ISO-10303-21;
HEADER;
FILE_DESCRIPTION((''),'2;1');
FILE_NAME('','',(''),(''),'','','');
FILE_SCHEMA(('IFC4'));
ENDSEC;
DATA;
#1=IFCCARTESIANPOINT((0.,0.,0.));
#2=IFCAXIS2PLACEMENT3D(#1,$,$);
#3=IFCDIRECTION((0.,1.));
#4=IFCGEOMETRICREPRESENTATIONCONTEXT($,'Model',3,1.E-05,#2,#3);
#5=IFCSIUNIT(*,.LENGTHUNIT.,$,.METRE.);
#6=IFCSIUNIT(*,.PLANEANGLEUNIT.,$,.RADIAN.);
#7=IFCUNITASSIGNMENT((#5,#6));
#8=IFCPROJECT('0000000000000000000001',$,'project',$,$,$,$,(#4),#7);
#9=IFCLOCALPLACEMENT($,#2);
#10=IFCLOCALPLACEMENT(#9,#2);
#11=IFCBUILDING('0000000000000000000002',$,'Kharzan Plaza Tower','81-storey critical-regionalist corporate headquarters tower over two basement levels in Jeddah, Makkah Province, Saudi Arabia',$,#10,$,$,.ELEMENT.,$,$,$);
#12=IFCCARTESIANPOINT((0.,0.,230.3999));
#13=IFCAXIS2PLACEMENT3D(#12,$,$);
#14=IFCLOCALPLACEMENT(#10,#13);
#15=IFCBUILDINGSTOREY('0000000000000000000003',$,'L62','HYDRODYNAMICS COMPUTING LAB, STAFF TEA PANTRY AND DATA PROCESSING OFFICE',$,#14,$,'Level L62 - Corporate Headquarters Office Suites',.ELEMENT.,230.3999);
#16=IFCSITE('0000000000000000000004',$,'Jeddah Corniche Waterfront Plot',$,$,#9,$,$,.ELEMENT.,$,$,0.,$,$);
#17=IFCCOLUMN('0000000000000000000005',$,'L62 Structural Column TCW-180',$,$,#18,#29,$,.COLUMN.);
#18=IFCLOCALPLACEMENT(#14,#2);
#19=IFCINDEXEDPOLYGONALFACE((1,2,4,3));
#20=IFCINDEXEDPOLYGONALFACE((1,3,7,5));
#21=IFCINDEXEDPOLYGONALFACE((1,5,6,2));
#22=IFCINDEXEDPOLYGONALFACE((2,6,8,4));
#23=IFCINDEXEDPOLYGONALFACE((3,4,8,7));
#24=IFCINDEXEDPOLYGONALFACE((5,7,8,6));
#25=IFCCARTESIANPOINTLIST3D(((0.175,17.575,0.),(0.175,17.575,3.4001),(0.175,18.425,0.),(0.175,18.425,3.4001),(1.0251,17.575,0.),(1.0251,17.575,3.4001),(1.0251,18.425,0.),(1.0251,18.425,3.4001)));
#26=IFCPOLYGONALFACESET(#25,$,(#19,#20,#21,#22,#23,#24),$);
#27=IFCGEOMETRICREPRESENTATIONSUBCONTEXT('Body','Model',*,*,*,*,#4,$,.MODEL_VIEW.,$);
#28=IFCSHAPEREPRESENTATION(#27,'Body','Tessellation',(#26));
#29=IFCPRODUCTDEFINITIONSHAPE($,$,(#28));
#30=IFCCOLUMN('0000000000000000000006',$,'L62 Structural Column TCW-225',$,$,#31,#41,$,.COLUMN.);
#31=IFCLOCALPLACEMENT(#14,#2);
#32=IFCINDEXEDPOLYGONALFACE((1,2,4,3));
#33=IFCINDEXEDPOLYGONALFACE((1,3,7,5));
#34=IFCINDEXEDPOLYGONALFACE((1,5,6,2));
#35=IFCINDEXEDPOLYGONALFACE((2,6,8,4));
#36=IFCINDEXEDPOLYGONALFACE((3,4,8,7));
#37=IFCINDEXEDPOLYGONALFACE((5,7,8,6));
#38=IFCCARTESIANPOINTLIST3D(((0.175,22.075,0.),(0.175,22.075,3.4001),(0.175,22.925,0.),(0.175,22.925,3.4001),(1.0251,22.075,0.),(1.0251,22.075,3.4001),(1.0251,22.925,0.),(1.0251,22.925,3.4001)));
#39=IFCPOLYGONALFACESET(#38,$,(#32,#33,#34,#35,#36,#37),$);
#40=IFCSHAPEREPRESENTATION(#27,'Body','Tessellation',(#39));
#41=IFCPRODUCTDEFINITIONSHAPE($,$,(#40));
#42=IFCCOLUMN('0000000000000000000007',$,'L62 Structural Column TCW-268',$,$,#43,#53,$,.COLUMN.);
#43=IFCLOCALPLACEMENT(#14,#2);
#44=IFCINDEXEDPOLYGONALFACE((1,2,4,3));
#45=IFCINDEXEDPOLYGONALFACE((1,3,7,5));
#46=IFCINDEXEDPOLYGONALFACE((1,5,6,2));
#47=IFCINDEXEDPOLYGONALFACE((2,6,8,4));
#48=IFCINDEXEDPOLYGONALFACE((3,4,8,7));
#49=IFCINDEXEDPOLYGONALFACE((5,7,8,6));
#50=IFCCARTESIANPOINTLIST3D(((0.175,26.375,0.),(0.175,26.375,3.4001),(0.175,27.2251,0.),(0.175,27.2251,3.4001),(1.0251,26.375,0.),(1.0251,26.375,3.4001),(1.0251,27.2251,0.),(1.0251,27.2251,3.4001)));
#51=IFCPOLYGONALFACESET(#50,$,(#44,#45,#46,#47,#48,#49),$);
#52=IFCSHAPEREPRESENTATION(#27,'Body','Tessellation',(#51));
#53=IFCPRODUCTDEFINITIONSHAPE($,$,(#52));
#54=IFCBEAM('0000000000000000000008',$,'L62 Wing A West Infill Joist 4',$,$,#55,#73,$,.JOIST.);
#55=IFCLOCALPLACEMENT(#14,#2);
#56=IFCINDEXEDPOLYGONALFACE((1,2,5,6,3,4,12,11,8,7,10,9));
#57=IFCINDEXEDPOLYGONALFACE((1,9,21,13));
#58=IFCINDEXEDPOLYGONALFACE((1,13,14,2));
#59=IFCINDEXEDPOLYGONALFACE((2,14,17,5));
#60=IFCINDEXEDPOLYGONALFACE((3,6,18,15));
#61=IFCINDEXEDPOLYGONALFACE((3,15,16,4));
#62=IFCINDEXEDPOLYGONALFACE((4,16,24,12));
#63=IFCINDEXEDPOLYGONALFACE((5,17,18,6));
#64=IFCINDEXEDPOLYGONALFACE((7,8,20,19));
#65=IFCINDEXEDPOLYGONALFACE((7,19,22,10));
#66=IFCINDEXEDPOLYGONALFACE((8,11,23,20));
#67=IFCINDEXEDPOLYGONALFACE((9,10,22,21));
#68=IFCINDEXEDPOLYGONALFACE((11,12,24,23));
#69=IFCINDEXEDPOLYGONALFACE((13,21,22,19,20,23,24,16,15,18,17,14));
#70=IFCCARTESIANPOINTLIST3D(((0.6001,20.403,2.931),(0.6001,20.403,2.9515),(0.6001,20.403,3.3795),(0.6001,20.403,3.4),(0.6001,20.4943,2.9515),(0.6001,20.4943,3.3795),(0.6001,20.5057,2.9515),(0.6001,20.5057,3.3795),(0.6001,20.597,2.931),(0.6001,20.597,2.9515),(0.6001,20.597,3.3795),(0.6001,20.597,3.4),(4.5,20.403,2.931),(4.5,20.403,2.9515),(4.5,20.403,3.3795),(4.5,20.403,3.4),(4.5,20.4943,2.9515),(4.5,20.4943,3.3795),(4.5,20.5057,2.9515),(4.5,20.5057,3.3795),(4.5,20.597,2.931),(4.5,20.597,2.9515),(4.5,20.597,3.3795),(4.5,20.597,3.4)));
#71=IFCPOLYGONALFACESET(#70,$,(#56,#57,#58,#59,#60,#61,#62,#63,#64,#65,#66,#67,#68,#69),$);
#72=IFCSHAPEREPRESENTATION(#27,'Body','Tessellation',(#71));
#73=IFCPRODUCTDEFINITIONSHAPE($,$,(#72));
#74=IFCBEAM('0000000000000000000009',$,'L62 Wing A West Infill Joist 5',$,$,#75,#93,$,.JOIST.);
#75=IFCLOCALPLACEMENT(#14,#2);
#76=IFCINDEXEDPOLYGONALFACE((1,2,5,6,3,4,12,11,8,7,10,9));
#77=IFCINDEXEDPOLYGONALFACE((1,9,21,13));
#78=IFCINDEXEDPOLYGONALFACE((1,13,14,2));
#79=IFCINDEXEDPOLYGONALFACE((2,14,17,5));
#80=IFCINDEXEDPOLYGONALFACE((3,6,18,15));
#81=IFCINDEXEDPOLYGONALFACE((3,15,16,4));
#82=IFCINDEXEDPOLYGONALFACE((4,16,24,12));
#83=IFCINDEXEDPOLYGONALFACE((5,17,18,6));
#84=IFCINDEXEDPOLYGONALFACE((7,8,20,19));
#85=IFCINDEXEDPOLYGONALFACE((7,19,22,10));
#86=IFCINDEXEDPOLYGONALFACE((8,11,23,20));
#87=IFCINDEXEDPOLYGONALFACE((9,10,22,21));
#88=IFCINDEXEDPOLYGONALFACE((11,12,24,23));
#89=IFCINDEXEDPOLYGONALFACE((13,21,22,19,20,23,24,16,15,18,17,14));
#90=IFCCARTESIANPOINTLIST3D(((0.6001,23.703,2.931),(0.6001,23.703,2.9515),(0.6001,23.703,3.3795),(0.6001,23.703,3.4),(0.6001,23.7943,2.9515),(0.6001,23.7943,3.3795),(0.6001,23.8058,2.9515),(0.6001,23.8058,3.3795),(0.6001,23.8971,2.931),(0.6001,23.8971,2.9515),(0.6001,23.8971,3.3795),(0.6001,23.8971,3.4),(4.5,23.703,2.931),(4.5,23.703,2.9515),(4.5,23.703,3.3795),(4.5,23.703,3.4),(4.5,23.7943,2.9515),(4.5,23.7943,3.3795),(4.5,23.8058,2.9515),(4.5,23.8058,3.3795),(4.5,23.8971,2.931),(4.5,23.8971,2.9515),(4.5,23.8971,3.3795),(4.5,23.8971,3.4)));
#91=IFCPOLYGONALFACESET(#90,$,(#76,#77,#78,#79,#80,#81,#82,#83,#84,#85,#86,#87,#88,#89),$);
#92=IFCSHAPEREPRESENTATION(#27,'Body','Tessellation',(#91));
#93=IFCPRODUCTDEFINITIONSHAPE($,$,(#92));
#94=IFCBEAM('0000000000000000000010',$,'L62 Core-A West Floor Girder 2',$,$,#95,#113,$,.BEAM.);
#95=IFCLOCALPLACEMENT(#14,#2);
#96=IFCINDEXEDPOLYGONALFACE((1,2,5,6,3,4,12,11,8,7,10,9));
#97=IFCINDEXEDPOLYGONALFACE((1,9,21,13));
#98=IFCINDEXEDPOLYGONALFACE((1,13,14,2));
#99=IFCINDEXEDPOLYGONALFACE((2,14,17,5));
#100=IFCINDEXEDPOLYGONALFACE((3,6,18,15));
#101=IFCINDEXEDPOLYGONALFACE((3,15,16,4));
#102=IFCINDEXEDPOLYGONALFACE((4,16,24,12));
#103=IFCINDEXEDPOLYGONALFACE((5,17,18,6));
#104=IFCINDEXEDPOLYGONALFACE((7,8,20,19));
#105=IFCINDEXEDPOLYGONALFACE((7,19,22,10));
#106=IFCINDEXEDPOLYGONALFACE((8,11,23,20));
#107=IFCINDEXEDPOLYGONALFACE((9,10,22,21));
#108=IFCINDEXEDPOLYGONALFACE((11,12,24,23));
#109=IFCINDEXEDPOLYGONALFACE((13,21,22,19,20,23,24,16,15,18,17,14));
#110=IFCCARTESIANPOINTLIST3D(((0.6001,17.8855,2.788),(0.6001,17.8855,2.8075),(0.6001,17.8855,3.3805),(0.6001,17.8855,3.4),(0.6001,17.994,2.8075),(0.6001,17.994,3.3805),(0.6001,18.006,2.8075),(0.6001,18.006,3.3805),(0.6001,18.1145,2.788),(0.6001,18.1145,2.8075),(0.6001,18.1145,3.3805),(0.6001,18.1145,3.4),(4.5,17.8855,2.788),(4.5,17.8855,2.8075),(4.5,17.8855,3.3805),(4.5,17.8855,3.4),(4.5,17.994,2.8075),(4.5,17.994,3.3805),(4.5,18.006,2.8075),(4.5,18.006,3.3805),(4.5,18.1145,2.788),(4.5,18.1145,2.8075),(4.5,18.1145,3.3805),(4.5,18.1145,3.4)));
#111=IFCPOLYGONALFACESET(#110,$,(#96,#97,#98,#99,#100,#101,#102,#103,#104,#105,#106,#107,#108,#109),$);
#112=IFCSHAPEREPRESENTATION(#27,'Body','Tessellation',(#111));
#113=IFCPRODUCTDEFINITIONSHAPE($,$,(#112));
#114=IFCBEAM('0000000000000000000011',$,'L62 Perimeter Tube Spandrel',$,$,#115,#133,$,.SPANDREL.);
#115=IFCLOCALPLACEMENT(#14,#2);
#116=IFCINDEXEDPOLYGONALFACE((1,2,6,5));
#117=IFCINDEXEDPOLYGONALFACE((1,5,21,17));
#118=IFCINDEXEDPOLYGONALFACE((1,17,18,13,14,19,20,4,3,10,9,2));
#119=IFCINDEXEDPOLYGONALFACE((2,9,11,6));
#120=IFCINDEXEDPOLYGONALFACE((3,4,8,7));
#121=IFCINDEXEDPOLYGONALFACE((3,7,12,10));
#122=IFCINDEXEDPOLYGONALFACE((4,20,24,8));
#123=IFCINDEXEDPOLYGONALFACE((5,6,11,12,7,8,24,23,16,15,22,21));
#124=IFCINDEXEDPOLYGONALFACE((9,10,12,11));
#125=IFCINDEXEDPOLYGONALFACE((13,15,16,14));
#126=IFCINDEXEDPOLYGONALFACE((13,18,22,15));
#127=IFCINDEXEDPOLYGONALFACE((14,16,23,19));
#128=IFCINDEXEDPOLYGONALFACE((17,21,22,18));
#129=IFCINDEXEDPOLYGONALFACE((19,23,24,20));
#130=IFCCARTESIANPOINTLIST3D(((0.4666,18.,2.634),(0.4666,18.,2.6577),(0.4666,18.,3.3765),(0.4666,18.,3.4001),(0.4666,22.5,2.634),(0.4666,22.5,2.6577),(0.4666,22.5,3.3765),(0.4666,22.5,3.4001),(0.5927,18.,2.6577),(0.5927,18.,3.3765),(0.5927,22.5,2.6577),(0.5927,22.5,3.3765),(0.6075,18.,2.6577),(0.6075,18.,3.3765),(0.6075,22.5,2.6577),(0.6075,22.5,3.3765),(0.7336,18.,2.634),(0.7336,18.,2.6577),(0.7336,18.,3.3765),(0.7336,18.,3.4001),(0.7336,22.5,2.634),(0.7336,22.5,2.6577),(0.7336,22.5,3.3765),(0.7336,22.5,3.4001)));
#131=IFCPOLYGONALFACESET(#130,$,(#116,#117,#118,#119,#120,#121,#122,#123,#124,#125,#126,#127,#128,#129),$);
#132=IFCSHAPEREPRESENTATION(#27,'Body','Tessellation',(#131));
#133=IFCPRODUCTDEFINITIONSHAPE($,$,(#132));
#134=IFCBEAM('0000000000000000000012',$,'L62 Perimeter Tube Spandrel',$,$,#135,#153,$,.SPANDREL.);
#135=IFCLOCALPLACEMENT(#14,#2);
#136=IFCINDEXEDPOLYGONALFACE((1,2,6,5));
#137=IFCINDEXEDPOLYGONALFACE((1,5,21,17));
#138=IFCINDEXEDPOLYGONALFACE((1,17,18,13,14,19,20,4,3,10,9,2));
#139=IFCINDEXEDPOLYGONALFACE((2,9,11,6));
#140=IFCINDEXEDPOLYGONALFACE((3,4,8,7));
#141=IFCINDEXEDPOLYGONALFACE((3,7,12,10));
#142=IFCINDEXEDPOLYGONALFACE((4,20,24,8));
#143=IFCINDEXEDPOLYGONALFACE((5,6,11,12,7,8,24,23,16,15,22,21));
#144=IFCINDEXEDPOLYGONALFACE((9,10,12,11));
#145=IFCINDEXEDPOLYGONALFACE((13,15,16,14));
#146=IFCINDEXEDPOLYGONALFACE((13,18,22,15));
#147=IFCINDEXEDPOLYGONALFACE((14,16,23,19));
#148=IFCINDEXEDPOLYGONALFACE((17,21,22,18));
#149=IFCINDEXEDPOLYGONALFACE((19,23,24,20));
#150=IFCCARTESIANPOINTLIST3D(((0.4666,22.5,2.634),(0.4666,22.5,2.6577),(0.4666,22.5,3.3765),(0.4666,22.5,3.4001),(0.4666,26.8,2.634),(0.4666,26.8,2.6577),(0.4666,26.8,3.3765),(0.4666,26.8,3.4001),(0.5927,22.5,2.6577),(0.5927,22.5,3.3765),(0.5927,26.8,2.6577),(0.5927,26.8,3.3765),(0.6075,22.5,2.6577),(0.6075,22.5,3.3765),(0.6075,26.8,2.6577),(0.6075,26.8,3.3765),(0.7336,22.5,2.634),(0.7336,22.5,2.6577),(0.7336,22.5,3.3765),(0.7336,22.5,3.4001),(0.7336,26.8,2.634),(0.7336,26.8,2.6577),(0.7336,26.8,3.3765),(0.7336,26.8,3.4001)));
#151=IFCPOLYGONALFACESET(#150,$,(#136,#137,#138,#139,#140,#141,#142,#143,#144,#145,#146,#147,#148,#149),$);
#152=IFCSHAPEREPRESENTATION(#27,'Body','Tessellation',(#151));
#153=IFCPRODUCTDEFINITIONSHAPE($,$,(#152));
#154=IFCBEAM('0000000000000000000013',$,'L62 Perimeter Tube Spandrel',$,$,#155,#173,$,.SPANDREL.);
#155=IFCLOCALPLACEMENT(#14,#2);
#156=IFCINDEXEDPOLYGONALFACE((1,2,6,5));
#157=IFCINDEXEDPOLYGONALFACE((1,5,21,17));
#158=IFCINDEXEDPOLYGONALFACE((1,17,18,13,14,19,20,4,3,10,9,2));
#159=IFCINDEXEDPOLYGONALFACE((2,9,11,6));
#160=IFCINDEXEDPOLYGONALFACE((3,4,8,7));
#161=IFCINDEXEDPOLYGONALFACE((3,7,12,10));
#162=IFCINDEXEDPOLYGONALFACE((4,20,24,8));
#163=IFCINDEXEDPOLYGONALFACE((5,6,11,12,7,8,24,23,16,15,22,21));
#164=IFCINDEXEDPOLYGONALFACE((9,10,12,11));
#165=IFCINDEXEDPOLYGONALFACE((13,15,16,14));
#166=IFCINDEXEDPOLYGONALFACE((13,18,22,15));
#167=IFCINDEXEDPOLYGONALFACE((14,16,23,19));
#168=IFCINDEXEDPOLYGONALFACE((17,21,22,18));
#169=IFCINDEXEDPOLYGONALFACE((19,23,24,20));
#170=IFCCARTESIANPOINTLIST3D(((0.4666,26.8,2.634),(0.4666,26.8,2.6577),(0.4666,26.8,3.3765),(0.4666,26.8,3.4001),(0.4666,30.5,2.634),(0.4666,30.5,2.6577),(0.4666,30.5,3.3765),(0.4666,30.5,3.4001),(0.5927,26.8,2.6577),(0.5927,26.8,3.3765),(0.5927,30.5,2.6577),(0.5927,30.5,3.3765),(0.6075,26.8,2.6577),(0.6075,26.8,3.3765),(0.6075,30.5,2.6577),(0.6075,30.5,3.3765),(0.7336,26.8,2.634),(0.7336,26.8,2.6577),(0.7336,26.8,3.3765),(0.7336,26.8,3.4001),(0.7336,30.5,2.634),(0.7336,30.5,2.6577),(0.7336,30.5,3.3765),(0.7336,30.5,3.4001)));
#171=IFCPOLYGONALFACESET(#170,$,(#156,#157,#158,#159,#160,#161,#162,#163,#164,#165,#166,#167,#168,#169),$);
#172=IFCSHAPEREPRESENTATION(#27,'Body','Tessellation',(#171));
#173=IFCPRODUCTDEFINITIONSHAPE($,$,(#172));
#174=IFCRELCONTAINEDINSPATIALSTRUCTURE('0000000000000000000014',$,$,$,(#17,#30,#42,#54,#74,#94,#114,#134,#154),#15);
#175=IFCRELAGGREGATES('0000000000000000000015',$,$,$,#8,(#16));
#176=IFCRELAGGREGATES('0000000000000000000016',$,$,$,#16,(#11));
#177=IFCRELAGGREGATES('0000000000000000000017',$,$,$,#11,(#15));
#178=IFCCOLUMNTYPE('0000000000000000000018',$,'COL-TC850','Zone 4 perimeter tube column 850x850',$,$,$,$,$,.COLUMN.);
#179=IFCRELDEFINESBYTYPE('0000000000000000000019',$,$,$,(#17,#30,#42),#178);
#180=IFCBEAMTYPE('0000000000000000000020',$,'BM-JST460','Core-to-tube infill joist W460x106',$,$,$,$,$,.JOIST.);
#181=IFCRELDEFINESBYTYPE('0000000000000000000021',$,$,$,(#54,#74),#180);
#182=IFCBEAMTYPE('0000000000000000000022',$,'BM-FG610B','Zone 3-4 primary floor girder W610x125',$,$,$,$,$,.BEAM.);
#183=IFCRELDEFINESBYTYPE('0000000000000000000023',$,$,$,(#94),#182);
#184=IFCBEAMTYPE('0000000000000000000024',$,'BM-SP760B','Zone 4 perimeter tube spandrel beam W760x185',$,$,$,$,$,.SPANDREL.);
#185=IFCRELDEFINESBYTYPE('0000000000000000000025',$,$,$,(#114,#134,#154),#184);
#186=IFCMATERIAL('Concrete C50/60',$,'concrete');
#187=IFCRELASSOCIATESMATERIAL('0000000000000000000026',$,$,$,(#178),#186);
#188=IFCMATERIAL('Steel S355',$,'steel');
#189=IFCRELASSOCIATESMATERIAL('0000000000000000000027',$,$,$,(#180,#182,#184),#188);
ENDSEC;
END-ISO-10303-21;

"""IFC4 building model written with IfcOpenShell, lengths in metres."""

from ifc_helpers import new_model, si_unit, direction, frame, origin, origin_2d, place, context, subcontext, project, spatial, rectangle, i_section, extrude, source, transform, mapped, material, material_profile, profile_set, type_object, element, save


model = new_model("IFC4")

# Units and contexts
model_context = context("Model", 3, precision=1e-05, world=origin(), true_north=direction((0.0, 1.0)))
body_context = subcontext(model_context, "Body", "Model", "MODEL_VIEW")
ifc_project = project(units=[si_unit("LENGTHUNIT", "METRE"), si_unit("PLANEANGLEUNIT", "RADIAN")], contexts=[model_context])

# Site, building, storey
site_placement = place(None, origin())
site = spatial("IfcSite", under=ifc_project, at=site_placement, Name="Jeddah Corniche Waterfront Plot", CompositionType="ELEMENT", RefElevation=0.0)
building_placement = place(site_placement, origin())
building = spatial("IfcBuilding", under=site, at=building_placement, Name="Kharzan Plaza Tower", Description="81-storey critical-regionalist corporate headquarters tower over two basement levels in Jeddah, Makkah Province, Saudi Arabia", CompositionType="ELEMENT")
storey_placement = place(building_placement, frame((0.0, 0.0, 230.3999)))
storey = spatial("IfcBuildingStorey", under=building, at=storey_placement, Name="L62", Description="HYDRODYNAMICS COMPUTING LAB, STAFF TEA PANTRY AND DATA PROCESSING OFFICE", LongName="Level L62 - Corporate Headquarters Office Suites", CompositionType="ELEMENT", Elevation=230.3999)

# Columns
ifc_material_1 = material(Name="Concrete C50/60", Category="concrete")
ifc_material_profile_1 = material_profile(ifc_material_1, rectangle(XDim=0.8501, YDim=0.8501, at=origin_2d()), Name="RC-TC850x850")
ifc_profile_set_1 = profile_set([ifc_material_profile_1], Name="Concrete C50/60")
column_type = type_object("IfcColumnType", Name="COL-TC850", Description="Zone 4 perimeter tube column 850x850", PredefinedType="COLUMN", material=ifc_profile_set_1)
shared_shape_1 = source(origin(), body_context, "Body", "SweptSolid", [
    extrude(rectangle(XDim=0.8501, YDim=0.8501, at=origin_2d()), origin(), (0.0, 0.0, 1.0), 3.4001),
])
for number, where, z_axis, x_axis, name in (
    (1, (0.6001, 18.0, 0.0), (0.0, 0.0, 1.0), (1.0, 0.0, 0.0), "L62 Structural Column TCW-180"),
    (2, (0.6001, 22.5, 0.0), (0.0, 0.0, 1.0), (1.0, 0.0, 0.0), "L62 Structural Column TCW-225"),
    (3, (0.6001, 26.8, 0.0), (0.0, 0.0, 1.0), (1.0, 0.0, 0.0), "L62 Structural Column TCW-268"),
):
    element("IfcColumn", number, at=place(storey_placement, frame(where, z_axis=z_axis, x_axis=x_axis)), inside=storey, type_object=column_type, Name=name, PredefinedType="COLUMN", context=body_context, shape_type="MappedRepresentation", body=[
        mapped(shared_shape_1, transform((0.0, 0.0, 0.0), x_axis=(1.0, 0.0, 0.0), y_axis=(0.0, 1.0, 0.0), z_axis=(0.0, 0.0, 1.0))),
    ])

# Beams
ifc_material_2 = material(Name="Steel S355", Category="steel")
ifc_material_profile_2 = material_profile(ifc_material_2, i_section(OverallWidth=0.1941, OverallDepth=0.469, WebThickness=0.0115, FlangeThickness=0.0205, at=origin_2d()), Name="W460x106")
ifc_profile_set_2 = profile_set([ifc_material_profile_2], Name="Steel S355")
beam_type_1 = type_object("IfcBeamType", Name="BM-JST460", Description="Core-to-tube infill joist W460x106", PredefinedType="JOIST", material=ifc_profile_set_2)
shared_shape_2 = source(origin(), body_context, "Body", "SweptSolid", [
    extrude(i_section(OverallWidth=0.1941, OverallDepth=0.469, WebThickness=0.0115, FlangeThickness=0.0205, at=origin_2d()), origin(), (0.0, 0.0, 1.0), 3.8999),
])
for number, where, z_axis, x_axis, name in (
    (4, (0.6001, 20.5, 3.1655), (1.0, 0.0, 0.0), (0.0, 1.0, 0.0), "L62 Wing A West Infill Joist 4"),
    (5, (0.6001, 23.8, 3.1655), (1.0, 0.0, 0.0), (0.0, 1.0, 0.0), "L62 Wing A West Infill Joist 5"),
):
    element("IfcBeam", number, at=place(storey_placement, frame(where, z_axis=z_axis, x_axis=x_axis)), inside=storey, type_object=beam_type_1, Name=name, PredefinedType="JOIST", context=body_context, shape_type="MappedRepresentation", body=[
        mapped(shared_shape_2, transform((0.0, 0.0, 0.0), x_axis=(1.0, 0.0, 0.0), y_axis=(0.0, 1.0, 0.0), z_axis=(0.0, 0.0, 1.0))),
    ])
ifc_material_profile_3 = material_profile(ifc_material_2, i_section(OverallWidth=0.229, OverallDepth=0.6121, WebThickness=0.012, FlangeThickness=0.0195, at=origin_2d()), Name="W610x125")
ifc_profile_set_3 = profile_set([ifc_material_profile_3], Name="Steel S355")
beam_type_2 = type_object("IfcBeamType", Name="BM-FG610B", Description="Zone 3-4 primary floor girder W610x125", PredefinedType="BEAM", material=ifc_profile_set_3)
shared_shape_3 = source(origin(), body_context, "Body", "SweptSolid", [
    extrude(i_section(OverallWidth=0.229, OverallDepth=0.6121, WebThickness=0.012, FlangeThickness=0.0195, at=origin_2d()), origin(), (0.0, 0.0, 1.0), 3.8999),
])
beam_1_placement = place(storey_placement, frame((0.6001, 18.0, 3.094), z_axis=(1.0, 0.0, 0.0), x_axis=(0.0, 1.0, 0.0)))
element("IfcBeam", 6, at=beam_1_placement, inside=storey, type_object=beam_type_2, Name="L62 Core-A West Floor Girder 2", PredefinedType="BEAM", context=body_context, shape_type="MappedRepresentation", body=[
    mapped(shared_shape_3, transform((0.0, 0.0, 0.0), x_axis=(1.0, 0.0, 0.0), y_axis=(0.0, 1.0, 0.0), z_axis=(0.0, 0.0, 1.0))),
])
ifc_material_profile_4 = material_profile(ifc_material_2, i_section(OverallWidth=0.2671, OverallDepth=0.7661, WebThickness=0.0149, FlangeThickness=0.0237, at=origin_2d()), Name="W760x185")
ifc_profile_set_4 = profile_set([ifc_material_profile_4], Name="Steel S355")
beam_type_3 = type_object("IfcBeamType", Name="BM-SP760B", Description="Zone 4 perimeter tube spandrel beam W760x185", PredefinedType="SPANDREL", material=ifc_profile_set_4)
shared_shape_4 = source(origin(), body_context, "Body", "SweptSolid", [
    extrude(i_section(OverallWidth=0.2671, OverallDepth=0.7661, WebThickness=0.0149, FlangeThickness=0.0237, at=origin_2d()), origin(), (0.0, 0.0, 1.0), 4.5),
])
beam_2_placement = place(storey_placement, frame((0.6001, 18.0, 3.0171), z_axis=(0.0, 1.0, 0.0), x_axis=(-1.0, 0.0, 0.0)))
element("IfcBeam", 7, at=beam_2_placement, inside=storey, type_object=beam_type_3, Name="L62 Perimeter Tube Spandrel", PredefinedType="SPANDREL", context=body_context, shape_type="MappedRepresentation", body=[
    mapped(shared_shape_4, transform((0.0, 0.0, 0.0), x_axis=(1.0, 0.0, 0.0), y_axis=(0.0, 1.0, 0.0), z_axis=(0.0, 0.0, 1.0))),
])
shared_shape_5 = source(origin(), body_context, "Body", "SweptSolid", [
    extrude(i_section(OverallWidth=0.2671, OverallDepth=0.7661, WebThickness=0.0149, FlangeThickness=0.0237, at=origin_2d()), origin(), (0.0, 0.0, 1.0), 4.3),
])
beam_3_placement = place(storey_placement, frame((0.6001, 22.5, 3.0171), z_axis=(0.0, 1.0, 0.0), x_axis=(-1.0, 0.0, 0.0)))
element("IfcBeam", 8, at=beam_3_placement, inside=storey, type_object=beam_type_3, Name="L62 Perimeter Tube Spandrel", PredefinedType="SPANDREL", context=body_context, shape_type="MappedRepresentation", body=[
    mapped(shared_shape_5, transform((0.0, 0.0, 0.0), x_axis=(1.0, 0.0, 0.0), y_axis=(0.0, 1.0, 0.0), z_axis=(0.0, 0.0, 1.0))),
])
shared_shape_6 = source(origin(), body_context, "Body", "SweptSolid", [
    extrude(i_section(OverallWidth=0.2671, OverallDepth=0.7661, WebThickness=0.0149, FlangeThickness=0.0237, at=origin_2d()), origin(), (0.0, 0.0, 1.0), 3.7),
])
beam_4_placement = place(storey_placement, frame((0.6001, 26.8, 3.0171), z_axis=(0.0, 1.0, 0.0), x_axis=(-1.0, 0.0, 0.0)))
element("IfcBeam", 9, at=beam_4_placement, inside=storey, type_object=beam_type_3, Name="L62 Perimeter Tube Spandrel", PredefinedType="SPANDREL", context=body_context, shape_type="MappedRepresentation", body=[
    mapped(shared_shape_6, transform((0.0, 0.0, 0.0), x_axis=(1.0, 0.0, 0.0), y_axis=(0.0, 1.0, 0.0), z_axis=(0.0, 0.0, 1.0))),
])

save(model, "model.ifc")
